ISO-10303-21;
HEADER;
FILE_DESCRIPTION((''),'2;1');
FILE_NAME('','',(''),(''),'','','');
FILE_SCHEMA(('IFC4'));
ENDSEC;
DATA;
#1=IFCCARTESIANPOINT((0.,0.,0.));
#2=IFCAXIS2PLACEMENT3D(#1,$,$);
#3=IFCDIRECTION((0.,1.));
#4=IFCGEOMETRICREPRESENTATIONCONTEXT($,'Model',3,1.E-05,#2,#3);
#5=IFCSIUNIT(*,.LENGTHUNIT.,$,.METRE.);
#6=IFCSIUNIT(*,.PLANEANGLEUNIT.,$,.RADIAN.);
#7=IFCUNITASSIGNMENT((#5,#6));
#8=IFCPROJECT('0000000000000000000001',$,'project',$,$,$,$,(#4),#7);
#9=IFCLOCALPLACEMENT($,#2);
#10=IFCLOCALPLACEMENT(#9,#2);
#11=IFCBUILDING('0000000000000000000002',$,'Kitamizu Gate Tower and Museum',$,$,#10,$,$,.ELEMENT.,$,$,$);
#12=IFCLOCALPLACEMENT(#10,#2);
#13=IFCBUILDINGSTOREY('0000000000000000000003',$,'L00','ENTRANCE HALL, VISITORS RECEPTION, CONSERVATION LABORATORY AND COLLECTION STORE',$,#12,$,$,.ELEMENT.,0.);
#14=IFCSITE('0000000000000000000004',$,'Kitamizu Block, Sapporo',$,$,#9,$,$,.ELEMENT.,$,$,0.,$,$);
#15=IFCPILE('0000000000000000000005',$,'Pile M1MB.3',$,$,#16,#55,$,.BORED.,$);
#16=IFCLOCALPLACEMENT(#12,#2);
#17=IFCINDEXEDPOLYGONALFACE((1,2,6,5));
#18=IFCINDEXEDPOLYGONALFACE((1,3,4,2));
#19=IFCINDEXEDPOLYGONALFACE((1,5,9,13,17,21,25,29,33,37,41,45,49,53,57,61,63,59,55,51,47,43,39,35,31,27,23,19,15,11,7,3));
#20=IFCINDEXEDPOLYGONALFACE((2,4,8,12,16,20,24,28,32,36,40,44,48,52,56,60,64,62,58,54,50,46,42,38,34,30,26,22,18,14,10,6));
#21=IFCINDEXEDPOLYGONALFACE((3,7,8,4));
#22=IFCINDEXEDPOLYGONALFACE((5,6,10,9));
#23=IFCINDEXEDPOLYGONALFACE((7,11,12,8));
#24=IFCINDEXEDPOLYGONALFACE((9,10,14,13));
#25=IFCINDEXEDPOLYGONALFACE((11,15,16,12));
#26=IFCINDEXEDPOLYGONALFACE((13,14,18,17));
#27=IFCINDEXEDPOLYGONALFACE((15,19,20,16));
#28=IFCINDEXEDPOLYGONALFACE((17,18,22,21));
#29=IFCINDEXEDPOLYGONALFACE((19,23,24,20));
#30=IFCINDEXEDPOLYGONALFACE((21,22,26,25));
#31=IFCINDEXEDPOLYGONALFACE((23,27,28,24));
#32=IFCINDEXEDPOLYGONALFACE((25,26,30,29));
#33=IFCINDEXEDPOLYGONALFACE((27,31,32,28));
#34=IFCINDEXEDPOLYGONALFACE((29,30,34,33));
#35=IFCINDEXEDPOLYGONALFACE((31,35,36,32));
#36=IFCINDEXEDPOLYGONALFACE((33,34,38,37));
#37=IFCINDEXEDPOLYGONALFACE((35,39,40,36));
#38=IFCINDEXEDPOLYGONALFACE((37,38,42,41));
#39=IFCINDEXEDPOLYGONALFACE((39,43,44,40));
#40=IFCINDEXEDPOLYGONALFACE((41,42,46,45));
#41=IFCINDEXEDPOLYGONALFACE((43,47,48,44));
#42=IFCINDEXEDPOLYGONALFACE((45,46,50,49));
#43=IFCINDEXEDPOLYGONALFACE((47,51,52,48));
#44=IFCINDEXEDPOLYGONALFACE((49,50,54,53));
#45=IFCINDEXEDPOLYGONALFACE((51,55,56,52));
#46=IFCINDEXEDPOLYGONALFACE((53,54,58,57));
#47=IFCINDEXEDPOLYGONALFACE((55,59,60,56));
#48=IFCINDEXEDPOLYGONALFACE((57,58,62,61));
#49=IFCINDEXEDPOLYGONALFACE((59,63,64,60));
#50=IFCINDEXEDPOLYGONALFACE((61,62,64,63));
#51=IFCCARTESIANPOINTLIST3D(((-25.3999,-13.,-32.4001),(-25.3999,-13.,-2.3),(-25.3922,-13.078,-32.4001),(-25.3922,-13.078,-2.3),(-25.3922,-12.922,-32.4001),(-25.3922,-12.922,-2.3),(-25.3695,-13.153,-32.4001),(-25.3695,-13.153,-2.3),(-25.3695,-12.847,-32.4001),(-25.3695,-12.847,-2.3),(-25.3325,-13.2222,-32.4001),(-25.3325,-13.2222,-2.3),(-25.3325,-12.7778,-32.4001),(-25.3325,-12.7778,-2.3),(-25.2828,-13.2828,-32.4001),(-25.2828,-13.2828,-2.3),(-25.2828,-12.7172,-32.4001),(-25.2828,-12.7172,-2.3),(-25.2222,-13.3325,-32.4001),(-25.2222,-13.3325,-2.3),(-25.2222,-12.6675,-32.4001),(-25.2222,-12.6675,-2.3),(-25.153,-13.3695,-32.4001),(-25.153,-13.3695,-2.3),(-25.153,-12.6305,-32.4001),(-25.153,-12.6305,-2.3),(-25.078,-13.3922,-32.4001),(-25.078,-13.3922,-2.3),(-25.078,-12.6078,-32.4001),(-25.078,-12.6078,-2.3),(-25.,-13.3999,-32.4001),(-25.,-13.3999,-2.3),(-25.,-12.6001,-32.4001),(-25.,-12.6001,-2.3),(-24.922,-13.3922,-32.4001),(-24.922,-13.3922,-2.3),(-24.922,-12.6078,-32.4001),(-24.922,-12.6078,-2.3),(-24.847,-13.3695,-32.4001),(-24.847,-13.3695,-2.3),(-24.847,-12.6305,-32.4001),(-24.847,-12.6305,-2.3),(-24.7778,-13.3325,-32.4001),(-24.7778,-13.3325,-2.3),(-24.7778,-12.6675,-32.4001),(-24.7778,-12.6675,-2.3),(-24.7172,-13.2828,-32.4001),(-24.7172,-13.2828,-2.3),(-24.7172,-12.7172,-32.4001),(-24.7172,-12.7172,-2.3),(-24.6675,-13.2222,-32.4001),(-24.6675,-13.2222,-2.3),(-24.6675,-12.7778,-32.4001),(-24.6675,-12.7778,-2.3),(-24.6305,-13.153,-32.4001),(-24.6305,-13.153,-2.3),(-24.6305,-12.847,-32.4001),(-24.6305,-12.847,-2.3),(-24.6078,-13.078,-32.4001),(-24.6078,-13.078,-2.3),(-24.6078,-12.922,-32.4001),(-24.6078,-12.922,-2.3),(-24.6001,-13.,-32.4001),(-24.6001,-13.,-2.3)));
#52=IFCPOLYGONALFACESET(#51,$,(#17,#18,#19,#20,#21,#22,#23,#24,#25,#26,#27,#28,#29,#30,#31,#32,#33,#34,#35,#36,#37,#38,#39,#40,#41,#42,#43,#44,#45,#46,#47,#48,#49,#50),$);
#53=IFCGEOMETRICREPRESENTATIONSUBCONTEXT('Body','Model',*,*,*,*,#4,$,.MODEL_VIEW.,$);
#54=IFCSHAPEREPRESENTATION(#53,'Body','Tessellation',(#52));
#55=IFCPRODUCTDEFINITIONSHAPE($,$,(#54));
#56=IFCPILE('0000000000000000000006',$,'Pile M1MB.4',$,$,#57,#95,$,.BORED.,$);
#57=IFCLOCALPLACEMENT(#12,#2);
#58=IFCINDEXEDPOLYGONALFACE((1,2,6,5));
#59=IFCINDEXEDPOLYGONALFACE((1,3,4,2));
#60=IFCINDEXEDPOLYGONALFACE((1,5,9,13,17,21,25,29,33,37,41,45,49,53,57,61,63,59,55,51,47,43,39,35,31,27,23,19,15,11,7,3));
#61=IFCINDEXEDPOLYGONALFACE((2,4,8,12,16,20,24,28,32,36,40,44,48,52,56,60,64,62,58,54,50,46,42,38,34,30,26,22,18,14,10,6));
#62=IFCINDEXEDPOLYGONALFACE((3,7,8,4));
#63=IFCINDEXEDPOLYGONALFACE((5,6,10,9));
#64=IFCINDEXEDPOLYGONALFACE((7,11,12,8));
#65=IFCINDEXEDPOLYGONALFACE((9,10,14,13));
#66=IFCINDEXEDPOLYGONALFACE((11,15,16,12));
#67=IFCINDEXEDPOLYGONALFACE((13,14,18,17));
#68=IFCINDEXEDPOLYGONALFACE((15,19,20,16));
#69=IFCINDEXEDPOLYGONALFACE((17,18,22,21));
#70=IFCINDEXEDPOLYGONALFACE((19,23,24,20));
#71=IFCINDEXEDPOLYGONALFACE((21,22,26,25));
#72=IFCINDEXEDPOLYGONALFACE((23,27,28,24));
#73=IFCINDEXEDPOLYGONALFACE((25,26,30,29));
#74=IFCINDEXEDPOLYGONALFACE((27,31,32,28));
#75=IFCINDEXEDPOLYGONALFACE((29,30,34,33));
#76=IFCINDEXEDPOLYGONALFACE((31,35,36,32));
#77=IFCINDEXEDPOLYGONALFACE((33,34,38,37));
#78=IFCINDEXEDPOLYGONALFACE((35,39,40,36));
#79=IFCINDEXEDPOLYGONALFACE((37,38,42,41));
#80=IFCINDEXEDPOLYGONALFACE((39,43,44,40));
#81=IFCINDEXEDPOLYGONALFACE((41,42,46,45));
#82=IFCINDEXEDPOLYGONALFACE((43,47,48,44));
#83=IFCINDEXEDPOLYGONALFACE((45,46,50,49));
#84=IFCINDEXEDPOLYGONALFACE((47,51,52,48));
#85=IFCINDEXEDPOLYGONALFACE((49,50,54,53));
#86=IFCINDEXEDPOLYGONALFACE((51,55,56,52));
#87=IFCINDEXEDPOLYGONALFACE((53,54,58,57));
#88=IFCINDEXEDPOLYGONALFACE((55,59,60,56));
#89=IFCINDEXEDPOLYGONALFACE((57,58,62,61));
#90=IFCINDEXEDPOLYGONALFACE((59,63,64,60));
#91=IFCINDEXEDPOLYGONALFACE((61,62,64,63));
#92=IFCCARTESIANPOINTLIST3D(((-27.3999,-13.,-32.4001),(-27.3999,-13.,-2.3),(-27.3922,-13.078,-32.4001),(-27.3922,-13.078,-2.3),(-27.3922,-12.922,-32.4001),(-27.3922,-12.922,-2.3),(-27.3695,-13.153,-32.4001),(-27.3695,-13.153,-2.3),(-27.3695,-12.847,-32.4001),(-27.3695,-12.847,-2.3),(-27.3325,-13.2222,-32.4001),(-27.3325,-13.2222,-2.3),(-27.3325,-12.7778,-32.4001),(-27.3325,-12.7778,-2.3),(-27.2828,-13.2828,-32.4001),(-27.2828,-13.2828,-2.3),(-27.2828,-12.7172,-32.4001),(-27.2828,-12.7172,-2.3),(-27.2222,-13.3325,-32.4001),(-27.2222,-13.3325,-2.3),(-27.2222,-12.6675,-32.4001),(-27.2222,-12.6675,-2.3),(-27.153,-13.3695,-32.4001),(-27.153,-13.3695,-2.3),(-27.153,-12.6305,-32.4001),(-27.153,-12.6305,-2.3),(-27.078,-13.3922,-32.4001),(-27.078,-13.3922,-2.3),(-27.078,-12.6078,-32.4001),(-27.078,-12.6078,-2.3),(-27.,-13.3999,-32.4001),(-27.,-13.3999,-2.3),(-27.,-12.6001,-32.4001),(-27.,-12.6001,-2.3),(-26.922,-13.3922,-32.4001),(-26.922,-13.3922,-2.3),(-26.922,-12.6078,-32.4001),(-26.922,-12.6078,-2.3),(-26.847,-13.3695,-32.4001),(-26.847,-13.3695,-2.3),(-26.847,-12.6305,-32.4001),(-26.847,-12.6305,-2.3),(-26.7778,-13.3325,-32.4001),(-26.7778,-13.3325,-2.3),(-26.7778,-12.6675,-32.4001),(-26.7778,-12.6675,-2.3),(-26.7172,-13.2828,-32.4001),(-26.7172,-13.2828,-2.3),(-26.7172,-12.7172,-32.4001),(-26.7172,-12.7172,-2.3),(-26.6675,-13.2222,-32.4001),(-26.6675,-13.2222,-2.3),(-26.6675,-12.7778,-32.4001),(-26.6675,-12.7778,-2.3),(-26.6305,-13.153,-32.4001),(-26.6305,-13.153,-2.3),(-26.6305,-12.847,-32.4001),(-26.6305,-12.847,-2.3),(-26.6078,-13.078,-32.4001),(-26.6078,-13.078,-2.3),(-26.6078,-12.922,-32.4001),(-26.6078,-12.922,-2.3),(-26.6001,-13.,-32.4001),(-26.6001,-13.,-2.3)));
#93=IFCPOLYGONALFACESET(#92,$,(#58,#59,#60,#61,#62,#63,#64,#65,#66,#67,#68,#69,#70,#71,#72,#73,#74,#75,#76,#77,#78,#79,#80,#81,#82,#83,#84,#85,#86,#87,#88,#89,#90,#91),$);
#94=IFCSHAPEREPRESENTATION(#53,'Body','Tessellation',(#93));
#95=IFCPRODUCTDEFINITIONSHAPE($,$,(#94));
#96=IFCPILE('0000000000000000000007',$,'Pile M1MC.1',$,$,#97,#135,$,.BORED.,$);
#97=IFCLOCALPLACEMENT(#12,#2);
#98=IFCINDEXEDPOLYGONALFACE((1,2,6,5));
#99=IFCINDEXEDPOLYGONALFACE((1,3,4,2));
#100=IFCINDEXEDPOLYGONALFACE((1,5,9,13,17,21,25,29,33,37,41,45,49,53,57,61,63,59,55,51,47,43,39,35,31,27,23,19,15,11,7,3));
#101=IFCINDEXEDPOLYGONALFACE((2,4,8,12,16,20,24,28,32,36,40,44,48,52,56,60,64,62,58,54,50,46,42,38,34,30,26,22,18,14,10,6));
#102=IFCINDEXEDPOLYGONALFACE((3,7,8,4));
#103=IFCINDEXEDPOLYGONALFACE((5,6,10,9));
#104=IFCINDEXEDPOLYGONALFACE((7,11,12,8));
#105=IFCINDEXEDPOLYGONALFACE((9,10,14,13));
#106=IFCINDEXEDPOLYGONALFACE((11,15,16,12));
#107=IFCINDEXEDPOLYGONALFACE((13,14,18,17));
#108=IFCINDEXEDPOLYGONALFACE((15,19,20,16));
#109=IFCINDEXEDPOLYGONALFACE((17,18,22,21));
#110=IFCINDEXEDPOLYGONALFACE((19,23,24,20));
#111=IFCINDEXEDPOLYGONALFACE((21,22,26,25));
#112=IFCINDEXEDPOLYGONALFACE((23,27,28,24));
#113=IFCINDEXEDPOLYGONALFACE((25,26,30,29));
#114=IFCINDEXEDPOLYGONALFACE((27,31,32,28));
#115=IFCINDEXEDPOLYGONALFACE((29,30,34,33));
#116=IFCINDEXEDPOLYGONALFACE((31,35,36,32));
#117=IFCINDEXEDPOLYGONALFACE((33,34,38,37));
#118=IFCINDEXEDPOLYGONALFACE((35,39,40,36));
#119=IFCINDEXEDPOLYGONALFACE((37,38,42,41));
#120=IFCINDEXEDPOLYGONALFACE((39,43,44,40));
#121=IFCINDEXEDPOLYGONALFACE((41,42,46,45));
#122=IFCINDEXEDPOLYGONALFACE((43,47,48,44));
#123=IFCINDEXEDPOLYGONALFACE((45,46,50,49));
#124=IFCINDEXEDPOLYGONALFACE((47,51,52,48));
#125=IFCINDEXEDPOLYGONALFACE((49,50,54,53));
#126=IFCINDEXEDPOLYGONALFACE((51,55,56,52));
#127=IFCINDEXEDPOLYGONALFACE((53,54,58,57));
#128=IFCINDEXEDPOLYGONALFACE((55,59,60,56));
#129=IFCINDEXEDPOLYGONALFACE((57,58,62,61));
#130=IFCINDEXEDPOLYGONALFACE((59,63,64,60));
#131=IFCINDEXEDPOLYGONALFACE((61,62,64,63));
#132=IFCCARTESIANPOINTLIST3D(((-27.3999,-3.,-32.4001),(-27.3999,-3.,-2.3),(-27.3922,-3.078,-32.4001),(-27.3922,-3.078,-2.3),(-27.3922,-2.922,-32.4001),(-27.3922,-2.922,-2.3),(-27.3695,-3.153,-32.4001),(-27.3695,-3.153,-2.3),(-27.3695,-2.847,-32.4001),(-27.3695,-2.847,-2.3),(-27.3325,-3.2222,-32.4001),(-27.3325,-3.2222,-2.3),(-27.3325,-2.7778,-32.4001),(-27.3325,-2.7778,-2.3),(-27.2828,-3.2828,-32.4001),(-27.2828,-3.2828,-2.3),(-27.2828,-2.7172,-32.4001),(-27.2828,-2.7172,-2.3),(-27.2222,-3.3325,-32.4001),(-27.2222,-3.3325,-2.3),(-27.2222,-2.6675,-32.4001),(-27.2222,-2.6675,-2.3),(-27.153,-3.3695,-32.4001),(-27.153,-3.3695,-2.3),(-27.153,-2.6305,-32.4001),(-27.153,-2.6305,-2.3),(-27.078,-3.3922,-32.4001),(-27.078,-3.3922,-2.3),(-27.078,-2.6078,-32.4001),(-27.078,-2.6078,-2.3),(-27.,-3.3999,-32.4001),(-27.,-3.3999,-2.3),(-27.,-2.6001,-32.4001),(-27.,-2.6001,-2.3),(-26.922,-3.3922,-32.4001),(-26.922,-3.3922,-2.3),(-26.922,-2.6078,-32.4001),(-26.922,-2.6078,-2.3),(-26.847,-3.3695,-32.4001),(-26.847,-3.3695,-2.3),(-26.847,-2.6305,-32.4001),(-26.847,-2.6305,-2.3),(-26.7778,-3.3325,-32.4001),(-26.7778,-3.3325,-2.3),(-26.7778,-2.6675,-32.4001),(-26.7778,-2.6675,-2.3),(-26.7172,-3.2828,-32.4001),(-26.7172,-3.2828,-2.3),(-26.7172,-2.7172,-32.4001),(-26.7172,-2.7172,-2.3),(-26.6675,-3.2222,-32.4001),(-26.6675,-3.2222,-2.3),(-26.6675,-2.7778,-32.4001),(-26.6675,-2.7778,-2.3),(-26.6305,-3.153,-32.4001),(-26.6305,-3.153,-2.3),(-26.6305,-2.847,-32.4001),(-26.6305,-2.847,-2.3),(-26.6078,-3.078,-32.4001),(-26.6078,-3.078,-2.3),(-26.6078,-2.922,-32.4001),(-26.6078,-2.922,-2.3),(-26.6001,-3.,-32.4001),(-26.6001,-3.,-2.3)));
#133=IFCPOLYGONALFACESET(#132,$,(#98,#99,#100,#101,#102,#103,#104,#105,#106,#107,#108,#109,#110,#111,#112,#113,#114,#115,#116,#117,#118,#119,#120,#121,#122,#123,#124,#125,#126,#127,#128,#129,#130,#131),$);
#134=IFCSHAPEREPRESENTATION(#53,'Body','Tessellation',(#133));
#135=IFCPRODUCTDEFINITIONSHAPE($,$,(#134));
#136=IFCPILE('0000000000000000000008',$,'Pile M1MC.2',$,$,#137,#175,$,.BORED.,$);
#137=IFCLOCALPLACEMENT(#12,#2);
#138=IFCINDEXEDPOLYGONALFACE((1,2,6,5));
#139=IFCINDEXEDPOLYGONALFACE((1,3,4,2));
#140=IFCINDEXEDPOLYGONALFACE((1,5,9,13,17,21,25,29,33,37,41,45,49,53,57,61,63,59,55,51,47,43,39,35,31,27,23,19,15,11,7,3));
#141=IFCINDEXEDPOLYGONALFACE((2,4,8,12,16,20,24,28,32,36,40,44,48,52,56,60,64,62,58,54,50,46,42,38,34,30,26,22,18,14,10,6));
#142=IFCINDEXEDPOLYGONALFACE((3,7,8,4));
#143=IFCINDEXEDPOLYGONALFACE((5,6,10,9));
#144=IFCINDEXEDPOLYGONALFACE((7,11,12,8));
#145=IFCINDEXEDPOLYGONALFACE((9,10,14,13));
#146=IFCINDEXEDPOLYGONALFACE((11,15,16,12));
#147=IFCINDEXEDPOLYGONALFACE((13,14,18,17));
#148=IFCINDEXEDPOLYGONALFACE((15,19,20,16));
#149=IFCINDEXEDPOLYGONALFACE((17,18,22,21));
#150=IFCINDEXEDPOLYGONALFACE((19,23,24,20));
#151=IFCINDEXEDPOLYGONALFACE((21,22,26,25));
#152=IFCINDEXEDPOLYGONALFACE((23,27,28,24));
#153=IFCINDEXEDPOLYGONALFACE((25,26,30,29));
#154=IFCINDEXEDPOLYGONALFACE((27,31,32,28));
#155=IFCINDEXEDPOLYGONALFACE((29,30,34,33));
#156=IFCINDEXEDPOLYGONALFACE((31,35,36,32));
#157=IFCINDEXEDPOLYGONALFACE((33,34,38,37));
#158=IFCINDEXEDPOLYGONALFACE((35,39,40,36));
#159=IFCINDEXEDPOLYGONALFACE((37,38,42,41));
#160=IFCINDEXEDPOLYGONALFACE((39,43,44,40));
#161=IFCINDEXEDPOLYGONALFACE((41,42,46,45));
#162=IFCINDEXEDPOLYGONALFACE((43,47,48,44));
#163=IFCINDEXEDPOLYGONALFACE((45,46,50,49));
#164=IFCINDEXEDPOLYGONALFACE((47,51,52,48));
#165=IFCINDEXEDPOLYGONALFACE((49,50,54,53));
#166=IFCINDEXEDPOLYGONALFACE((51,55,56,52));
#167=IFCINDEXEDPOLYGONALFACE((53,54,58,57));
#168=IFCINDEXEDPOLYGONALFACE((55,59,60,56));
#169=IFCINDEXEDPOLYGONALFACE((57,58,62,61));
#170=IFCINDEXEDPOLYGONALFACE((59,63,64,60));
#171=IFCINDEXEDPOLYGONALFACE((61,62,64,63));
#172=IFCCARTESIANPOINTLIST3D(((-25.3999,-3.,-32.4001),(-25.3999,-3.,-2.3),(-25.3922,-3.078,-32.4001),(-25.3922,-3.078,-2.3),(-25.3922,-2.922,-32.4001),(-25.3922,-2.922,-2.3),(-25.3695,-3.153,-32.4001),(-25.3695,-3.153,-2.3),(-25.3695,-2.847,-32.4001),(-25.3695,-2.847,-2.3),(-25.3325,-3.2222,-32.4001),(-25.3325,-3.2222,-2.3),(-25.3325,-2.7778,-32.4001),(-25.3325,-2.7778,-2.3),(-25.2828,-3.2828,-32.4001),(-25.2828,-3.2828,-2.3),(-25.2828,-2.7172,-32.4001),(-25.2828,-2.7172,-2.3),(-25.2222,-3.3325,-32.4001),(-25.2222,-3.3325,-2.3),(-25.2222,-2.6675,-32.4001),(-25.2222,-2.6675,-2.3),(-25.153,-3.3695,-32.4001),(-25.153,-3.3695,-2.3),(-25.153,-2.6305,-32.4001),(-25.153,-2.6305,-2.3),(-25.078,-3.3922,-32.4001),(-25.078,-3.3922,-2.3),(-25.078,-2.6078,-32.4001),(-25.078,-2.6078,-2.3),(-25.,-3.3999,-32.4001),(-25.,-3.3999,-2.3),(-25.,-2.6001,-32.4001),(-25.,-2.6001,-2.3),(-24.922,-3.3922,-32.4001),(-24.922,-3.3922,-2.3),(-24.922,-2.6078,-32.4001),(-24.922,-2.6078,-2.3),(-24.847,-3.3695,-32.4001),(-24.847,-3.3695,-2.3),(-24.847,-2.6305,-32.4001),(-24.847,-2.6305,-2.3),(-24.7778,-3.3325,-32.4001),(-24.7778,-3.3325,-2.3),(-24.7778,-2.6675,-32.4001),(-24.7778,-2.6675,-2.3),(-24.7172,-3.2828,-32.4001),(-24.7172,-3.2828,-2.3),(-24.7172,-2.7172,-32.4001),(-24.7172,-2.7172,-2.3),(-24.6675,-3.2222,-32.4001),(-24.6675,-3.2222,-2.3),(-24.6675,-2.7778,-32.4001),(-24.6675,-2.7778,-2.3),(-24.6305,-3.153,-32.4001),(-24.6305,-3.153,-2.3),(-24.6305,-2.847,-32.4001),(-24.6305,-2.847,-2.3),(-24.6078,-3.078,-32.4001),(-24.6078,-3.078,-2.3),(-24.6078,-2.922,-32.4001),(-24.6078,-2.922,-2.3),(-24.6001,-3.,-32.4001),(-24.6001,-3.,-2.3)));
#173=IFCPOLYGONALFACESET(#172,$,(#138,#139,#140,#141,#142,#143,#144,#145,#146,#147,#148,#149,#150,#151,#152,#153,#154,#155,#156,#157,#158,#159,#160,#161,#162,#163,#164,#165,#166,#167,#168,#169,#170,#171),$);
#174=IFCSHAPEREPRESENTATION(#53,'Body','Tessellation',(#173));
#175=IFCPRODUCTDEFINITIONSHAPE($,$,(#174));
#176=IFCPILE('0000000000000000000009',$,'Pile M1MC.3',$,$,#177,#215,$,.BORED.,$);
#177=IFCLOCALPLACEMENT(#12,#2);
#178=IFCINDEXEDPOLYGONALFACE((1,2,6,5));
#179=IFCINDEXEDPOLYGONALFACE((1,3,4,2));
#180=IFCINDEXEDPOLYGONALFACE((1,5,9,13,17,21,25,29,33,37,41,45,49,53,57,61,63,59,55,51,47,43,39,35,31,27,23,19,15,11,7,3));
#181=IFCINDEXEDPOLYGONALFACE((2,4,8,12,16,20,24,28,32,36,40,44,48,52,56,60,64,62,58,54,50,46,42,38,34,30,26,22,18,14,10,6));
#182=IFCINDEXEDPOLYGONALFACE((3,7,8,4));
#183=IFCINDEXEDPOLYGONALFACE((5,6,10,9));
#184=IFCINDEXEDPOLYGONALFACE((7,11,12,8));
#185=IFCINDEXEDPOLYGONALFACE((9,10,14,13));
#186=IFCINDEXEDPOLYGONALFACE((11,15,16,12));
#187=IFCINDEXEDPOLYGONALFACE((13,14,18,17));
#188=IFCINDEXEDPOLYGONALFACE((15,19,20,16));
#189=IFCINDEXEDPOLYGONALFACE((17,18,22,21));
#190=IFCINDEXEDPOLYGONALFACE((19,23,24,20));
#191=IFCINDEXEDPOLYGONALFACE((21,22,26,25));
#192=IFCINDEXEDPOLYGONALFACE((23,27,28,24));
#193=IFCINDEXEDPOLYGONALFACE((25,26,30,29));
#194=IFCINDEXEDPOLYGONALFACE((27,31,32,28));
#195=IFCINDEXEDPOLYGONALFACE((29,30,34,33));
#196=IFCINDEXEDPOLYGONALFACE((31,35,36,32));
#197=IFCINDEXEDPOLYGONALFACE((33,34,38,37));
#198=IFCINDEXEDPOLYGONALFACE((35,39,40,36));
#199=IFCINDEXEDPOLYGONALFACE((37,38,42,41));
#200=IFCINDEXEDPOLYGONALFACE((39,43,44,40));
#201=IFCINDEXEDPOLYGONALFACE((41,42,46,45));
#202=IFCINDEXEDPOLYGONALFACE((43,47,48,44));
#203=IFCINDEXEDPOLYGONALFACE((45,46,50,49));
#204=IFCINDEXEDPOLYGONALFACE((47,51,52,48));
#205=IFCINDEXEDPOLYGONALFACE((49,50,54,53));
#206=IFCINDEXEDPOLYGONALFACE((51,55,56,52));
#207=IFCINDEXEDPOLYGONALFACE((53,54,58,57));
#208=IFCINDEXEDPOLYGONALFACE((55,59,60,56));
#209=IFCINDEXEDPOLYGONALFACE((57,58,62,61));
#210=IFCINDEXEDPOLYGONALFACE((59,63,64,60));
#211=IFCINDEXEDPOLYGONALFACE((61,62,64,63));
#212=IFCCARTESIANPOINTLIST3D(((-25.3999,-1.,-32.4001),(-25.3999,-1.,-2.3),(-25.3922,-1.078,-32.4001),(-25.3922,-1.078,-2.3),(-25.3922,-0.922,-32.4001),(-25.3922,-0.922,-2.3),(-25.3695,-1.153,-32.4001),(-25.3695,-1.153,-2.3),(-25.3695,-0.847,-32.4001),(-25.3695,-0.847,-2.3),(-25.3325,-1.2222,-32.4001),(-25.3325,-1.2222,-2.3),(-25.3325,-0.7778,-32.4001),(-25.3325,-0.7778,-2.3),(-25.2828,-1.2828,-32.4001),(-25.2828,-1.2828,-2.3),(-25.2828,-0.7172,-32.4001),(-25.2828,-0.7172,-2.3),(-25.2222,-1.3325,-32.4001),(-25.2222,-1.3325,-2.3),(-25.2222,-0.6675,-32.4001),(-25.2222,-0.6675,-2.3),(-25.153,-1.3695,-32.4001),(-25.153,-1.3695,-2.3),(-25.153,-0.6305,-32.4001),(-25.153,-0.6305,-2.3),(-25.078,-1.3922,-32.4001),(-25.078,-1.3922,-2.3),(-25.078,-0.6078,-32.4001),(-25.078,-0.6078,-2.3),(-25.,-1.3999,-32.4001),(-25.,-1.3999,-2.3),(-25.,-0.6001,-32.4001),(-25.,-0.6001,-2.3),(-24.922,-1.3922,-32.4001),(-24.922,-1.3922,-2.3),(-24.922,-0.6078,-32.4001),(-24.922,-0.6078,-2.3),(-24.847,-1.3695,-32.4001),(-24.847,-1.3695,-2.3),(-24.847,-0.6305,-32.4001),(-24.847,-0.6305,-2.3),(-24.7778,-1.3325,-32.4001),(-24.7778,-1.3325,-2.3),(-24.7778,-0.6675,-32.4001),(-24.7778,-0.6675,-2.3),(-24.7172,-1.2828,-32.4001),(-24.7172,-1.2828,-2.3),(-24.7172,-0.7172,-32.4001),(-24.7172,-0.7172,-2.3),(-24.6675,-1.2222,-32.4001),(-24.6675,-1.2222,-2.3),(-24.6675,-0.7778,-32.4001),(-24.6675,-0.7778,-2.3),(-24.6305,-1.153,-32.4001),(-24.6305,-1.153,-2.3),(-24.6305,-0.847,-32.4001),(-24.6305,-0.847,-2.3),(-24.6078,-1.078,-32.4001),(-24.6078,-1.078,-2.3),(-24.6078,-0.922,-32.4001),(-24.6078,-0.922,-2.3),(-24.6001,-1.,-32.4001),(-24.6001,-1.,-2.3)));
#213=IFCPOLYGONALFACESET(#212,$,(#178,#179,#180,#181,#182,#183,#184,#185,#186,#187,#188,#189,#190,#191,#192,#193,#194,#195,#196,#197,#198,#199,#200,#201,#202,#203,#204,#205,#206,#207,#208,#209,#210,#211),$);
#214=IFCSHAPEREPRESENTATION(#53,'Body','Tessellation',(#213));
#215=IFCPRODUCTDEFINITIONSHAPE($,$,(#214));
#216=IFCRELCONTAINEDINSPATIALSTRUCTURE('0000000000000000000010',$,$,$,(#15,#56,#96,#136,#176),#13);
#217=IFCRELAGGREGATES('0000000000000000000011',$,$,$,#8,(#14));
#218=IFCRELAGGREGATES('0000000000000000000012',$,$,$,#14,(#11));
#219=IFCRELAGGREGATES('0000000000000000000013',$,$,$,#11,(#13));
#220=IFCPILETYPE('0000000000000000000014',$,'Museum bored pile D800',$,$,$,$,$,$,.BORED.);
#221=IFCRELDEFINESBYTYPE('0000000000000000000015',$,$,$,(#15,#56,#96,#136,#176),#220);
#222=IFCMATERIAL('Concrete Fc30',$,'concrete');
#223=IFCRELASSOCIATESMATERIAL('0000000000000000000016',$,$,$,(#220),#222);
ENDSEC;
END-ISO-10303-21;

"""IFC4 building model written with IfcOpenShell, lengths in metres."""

from ifc_helpers import new_model, si_unit, direction, frame, origin, origin_2d, place, context, subcontext, project, spatial, circle, extrude, material, material_profile, profile_set, type_object, element, save


model = new_model("IFC4")

# Units and contexts
model_context = context("Model", 3, precision=1e-05, world=origin(), true_north=direction((0.0, 1.0)))
body_context = subcontext(model_context, "Body", "Model", "MODEL_VIEW")
ifc_project = project(units=[si_unit("LENGTHUNIT", "METRE"), si_unit("PLANEANGLEUNIT", "RADIAN")], contexts=[model_context])

# Site, building, storey
site_placement = place(None, origin())
site = spatial("IfcSite", under=ifc_project, at=site_placement, Name="Kitamizu Block, Sapporo", CompositionType="ELEMENT", RefElevation=0.0)
building_placement = place(site_placement, origin())
building = spatial("IfcBuilding", under=site, at=building_placement, Name="Kitamizu Gate Tower and Museum", CompositionType="ELEMENT")
storey_placement = place(building_placement, origin())
storey = spatial("IfcBuildingStorey", under=building, at=storey_placement, Name="L00", Description="ENTRANCE HALL, VISITORS RECEPTION, CONSERVATION LABORATORY AND COLLECTION STORE", CompositionType="ELEMENT", Elevation=0.0)

# Piles
ifc_material_1 = material(Name="Concrete Fc30", Category="concrete")
ifc_material_profile_1 = material_profile(ifc_material_1, circle(Radius=0.3999, at=origin_2d()), Name="D800")
ifc_profile_set_1 = profile_set([ifc_material_profile_1], Name="Concrete Fc30")
pile_type = type_object("IfcPileType", Name="Museum bored pile D800", PredefinedType="BORED", material=ifc_profile_set_1)
for number, where, z_axis, x_axis, name in (
    (1, (-25.0, -13.0, -2.3), (0.0, 0.0, -1.0), (1.0, 0.0, 0.0), "Pile M1MB.3"),
    (2, (-27.0, -13.0, -2.3), (0.0, 0.0, -1.0), (1.0, 0.0, 0.0), "Pile M1MB.4"),
    (3, (-27.0, -3.0, -2.3), (0.0, 0.0, -1.0), (1.0, 0.0, 0.0), "Pile M1MC.1"),
    (4, (-25.0, -3.0, -2.3), (0.0, 0.0, -1.0), (1.0, 0.0, 0.0), "Pile M1MC.2"),
    (5, (-25.0, -1.0, -2.3), (0.0, 0.0, -1.0), (1.0, 0.0, 0.0), "Pile M1MC.3"),
):
    element("IfcPile", number, at=place(storey_placement, frame(where, z_axis=z_axis, x_axis=x_axis)), inside=storey, type_object=pile_type, Name=name, PredefinedType="BORED", context=body_context, shape_type="SweptSolid", body=[
        extrude(circle(Radius=0.3999, at=origin_2d()), origin(), (0.0, 0.0, 1.0), 30.1001),
    ])

save(model, "model.ifc")
